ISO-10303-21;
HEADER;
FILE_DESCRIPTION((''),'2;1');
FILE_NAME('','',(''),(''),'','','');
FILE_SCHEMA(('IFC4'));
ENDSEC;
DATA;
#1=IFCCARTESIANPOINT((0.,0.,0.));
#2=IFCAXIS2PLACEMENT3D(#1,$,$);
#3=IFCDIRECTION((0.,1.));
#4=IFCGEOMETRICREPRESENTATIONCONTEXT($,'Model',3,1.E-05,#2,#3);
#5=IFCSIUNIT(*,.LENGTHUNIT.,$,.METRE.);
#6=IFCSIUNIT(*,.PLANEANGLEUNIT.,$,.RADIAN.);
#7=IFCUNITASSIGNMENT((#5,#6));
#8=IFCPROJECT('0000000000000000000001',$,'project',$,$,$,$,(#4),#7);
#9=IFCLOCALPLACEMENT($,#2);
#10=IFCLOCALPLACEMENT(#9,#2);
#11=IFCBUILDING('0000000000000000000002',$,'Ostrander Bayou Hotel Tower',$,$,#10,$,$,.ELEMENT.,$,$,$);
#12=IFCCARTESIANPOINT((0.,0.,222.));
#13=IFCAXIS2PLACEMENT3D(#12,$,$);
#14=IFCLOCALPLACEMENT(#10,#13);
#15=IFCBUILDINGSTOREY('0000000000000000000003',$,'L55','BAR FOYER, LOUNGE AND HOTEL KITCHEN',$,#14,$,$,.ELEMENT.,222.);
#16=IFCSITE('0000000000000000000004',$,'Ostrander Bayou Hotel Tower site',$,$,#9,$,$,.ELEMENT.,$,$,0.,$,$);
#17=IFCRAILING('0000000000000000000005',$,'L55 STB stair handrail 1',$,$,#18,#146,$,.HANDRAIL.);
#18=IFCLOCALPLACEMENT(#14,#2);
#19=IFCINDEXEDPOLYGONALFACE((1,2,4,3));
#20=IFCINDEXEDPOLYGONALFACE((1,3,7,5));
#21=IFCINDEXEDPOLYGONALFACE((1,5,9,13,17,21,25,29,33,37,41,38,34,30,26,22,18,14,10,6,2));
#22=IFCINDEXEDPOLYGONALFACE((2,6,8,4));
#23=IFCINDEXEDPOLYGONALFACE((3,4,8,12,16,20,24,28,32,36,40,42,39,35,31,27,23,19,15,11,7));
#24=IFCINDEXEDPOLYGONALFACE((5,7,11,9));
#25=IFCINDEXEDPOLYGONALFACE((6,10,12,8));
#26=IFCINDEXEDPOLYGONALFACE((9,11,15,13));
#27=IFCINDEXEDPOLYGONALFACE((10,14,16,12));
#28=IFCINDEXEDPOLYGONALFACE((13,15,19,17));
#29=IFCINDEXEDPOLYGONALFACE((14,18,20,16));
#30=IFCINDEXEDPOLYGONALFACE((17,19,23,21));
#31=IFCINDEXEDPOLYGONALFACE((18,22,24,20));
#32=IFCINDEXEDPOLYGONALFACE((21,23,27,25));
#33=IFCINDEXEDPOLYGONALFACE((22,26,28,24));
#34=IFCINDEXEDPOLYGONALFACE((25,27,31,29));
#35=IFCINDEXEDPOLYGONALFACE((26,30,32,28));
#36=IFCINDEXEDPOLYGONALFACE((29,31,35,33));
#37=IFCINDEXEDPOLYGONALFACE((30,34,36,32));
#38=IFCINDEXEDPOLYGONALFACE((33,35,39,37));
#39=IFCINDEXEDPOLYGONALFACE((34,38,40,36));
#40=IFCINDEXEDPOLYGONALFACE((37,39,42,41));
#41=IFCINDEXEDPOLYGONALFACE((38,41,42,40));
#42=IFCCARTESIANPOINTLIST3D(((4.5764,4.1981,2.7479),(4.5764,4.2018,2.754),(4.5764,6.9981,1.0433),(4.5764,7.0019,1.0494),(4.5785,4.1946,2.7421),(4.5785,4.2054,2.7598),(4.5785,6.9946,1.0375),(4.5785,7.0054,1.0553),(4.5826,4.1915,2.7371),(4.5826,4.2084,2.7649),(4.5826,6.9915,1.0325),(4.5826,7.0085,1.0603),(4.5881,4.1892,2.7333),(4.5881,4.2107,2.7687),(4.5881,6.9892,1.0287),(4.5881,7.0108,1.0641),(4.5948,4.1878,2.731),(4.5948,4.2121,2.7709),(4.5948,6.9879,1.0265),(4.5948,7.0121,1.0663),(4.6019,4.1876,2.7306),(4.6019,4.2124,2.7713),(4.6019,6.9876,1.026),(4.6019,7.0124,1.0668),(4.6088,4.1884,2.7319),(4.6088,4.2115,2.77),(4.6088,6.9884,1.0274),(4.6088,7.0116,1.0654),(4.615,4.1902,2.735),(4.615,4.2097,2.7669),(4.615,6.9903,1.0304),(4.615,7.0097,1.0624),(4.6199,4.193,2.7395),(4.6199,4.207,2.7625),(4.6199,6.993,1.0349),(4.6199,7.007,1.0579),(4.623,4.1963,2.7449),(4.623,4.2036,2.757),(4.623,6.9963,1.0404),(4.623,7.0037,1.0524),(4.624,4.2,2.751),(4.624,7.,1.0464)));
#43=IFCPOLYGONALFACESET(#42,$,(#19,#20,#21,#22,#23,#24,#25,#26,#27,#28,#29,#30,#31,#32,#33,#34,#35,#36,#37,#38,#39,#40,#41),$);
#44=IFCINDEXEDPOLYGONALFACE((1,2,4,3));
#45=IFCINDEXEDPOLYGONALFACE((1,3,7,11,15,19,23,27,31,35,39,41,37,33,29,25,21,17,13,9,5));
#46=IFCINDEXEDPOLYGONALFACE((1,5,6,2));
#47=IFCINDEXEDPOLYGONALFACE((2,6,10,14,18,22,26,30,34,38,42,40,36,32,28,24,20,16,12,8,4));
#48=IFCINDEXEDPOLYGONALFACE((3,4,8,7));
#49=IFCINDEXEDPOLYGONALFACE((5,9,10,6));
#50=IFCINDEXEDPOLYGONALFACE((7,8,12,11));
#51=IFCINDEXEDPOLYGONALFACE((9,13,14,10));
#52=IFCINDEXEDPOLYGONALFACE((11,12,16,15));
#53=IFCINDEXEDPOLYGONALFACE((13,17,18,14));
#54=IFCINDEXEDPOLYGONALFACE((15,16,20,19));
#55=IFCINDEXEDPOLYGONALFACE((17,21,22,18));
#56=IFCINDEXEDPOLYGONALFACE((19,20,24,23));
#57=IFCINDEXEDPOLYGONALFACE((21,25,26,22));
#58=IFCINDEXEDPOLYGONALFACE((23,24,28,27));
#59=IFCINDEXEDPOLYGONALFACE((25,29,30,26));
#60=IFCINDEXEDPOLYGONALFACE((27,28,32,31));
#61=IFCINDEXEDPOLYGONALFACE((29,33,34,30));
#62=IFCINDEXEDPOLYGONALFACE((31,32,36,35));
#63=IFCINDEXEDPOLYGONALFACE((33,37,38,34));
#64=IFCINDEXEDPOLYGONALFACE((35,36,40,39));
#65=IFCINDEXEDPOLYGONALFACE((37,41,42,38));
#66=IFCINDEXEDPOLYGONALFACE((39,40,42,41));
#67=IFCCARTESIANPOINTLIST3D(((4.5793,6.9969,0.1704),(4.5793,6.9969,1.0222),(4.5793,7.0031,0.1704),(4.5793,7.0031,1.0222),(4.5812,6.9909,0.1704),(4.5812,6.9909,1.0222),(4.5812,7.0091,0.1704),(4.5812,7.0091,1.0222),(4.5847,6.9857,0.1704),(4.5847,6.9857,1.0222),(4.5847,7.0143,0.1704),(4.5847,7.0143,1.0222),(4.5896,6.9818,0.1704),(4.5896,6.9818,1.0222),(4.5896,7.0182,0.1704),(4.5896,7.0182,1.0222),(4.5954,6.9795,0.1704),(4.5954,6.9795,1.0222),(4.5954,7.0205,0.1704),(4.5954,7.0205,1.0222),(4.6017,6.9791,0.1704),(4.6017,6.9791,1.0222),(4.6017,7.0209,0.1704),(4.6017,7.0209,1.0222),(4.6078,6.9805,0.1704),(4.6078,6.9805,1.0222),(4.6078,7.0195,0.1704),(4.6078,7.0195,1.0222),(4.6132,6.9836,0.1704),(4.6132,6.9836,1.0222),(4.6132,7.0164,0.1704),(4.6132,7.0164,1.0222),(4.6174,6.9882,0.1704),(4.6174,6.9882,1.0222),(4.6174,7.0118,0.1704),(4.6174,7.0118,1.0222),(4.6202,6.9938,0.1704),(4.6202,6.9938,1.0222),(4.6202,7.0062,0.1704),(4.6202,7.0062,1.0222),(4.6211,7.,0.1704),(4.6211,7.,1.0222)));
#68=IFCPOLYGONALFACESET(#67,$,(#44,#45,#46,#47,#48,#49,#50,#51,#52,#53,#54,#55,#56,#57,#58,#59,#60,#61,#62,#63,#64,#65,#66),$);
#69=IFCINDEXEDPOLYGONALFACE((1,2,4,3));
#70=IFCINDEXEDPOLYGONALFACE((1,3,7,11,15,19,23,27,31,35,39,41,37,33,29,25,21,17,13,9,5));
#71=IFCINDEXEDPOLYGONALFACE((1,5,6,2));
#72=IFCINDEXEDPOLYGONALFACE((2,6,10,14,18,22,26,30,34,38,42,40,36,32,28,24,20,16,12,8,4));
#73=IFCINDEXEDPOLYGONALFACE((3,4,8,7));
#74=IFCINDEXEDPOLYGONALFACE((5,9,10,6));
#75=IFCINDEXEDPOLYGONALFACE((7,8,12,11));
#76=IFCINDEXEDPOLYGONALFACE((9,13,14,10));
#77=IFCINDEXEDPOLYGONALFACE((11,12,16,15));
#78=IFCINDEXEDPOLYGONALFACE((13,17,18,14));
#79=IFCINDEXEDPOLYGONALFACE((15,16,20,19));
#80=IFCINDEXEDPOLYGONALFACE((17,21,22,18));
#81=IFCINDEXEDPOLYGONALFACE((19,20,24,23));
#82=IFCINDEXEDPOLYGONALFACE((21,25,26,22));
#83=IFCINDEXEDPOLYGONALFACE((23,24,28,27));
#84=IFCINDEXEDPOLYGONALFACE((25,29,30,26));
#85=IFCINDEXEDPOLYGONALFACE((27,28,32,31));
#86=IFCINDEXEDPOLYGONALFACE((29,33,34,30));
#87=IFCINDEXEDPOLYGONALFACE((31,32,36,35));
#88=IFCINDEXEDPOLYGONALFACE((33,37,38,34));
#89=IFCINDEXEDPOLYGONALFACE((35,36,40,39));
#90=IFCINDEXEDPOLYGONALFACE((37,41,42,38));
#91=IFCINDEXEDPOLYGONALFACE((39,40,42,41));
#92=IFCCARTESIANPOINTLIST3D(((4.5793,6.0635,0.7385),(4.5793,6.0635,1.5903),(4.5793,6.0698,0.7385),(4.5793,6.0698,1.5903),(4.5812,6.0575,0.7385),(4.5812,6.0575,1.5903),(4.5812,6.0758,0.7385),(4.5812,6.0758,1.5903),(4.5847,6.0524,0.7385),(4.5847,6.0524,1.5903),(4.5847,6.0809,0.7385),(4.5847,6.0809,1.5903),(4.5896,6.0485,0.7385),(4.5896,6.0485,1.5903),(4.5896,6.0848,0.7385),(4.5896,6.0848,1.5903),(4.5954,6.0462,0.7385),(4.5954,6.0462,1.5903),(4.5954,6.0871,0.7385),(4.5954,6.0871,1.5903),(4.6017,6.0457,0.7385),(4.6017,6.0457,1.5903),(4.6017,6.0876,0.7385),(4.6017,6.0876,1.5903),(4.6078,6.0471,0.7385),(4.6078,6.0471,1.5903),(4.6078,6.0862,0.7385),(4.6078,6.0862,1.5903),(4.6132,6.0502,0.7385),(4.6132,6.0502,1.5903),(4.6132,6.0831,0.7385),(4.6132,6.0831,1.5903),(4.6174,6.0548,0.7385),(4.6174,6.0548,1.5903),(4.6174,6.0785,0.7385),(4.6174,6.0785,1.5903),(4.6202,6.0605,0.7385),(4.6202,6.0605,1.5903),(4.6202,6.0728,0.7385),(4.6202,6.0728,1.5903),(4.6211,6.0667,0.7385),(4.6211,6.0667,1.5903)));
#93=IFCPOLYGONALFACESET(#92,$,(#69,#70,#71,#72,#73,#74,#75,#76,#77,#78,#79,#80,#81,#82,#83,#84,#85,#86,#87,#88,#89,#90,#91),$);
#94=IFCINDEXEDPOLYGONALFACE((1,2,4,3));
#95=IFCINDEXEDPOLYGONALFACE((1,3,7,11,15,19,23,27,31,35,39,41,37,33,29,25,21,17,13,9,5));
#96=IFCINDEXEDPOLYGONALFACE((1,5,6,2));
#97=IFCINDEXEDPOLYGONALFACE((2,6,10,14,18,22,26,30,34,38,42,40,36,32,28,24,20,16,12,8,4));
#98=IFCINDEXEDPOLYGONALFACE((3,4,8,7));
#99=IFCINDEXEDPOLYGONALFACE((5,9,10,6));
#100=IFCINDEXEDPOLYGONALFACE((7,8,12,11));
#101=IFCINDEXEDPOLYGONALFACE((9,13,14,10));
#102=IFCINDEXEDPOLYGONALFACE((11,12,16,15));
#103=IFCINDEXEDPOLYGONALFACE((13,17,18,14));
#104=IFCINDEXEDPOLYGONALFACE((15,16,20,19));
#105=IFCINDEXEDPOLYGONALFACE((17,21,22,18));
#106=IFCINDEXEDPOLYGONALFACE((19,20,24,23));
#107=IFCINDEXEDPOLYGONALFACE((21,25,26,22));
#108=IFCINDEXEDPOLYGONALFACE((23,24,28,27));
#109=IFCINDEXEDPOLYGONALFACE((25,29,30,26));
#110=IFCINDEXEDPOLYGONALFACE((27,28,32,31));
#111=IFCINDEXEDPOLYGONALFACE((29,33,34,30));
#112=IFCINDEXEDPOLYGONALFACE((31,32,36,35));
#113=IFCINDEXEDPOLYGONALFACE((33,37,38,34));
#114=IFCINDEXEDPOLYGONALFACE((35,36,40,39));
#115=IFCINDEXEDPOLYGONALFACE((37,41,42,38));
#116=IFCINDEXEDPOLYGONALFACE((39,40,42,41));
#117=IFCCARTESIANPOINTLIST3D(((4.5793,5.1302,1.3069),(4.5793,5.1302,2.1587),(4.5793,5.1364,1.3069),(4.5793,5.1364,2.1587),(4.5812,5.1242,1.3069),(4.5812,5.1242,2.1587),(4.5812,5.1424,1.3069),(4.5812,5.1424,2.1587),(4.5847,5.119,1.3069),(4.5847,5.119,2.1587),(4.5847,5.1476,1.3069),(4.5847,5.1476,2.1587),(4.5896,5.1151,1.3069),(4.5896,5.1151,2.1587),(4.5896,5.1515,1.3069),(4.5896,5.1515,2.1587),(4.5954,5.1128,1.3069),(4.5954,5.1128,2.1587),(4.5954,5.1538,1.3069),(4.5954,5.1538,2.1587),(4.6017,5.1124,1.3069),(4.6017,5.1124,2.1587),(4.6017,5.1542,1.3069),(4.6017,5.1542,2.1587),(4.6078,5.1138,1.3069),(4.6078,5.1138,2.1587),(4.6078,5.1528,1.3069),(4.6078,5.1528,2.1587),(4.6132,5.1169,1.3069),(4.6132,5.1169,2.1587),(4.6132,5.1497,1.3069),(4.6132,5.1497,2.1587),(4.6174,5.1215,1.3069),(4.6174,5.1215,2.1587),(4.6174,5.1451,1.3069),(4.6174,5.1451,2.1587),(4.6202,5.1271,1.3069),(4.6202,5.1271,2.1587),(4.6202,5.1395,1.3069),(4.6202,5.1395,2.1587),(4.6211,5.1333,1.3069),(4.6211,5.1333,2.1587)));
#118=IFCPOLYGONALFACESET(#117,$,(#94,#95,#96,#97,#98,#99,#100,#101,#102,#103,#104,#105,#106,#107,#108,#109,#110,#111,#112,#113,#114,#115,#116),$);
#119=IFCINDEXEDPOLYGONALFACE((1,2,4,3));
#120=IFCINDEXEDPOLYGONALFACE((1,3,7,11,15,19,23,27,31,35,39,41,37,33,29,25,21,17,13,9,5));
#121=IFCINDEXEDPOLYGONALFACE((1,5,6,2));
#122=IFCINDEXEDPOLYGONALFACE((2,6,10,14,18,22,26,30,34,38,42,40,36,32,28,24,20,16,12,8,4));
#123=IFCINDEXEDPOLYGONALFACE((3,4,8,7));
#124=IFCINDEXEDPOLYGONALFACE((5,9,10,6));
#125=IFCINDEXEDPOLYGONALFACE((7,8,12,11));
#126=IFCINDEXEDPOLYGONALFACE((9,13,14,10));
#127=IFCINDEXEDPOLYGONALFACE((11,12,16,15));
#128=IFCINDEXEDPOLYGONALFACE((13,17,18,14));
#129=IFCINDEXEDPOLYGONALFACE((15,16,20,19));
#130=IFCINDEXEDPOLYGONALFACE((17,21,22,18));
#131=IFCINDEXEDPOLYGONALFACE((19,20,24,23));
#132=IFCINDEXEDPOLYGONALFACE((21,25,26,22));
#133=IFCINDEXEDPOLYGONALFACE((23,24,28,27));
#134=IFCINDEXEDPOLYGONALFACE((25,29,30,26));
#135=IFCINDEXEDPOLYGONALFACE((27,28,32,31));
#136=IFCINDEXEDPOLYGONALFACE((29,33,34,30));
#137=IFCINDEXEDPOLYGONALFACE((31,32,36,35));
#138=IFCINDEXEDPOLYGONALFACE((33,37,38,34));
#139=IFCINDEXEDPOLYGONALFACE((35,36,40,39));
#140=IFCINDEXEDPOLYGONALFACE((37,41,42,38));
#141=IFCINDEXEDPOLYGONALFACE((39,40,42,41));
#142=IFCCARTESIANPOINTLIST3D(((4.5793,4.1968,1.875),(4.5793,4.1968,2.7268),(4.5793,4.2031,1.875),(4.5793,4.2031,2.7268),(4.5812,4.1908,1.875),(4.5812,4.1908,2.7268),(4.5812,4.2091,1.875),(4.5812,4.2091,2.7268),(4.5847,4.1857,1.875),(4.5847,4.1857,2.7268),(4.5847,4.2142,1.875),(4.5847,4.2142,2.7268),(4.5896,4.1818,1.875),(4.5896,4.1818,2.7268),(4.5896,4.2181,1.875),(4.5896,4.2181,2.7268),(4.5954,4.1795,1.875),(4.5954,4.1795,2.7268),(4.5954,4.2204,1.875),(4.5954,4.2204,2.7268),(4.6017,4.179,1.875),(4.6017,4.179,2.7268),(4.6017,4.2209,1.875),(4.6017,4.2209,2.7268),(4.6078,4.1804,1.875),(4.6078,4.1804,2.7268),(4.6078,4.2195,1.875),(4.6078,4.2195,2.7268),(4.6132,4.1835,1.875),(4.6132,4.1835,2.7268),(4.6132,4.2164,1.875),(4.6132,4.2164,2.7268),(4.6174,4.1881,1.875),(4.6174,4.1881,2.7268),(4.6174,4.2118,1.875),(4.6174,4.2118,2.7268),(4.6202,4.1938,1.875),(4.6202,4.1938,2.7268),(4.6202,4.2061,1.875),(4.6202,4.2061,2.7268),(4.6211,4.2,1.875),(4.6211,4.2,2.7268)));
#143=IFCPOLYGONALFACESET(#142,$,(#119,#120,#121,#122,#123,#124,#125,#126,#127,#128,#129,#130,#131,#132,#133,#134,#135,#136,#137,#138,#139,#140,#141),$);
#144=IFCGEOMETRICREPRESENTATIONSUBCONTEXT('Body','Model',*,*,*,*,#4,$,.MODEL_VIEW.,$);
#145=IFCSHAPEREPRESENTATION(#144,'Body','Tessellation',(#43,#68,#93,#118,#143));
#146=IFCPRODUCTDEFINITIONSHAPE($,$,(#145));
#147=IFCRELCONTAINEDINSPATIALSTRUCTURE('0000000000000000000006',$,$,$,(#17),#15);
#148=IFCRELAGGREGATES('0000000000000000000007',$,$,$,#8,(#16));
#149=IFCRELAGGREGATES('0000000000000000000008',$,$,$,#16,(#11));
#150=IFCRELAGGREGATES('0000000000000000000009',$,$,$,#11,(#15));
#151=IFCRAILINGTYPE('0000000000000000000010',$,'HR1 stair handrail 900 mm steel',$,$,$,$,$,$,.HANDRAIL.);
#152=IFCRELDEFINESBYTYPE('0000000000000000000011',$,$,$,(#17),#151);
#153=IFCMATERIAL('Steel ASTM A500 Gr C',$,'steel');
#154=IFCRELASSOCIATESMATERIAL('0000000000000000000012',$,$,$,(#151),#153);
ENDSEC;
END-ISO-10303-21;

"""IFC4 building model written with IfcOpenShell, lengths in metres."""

from ifc_helpers import new_model, si_unit, direction, frame, origin, origin_2d, place, context, subcontext, project, spatial, circle, extrude, material, type_object, element, save


model = new_model("IFC4")

# Units and contexts
model_context = context("Model", 3, precision=1e-05, world=origin(), true_north=direction((0.0, 1.0)))
body_context = subcontext(model_context, "Body", "Model", "MODEL_VIEW")
ifc_project = project(units=[si_unit("LENGTHUNIT", "METRE"), si_unit("PLANEANGLEUNIT", "RADIAN")], contexts=[model_context])

# Site, building, storey
site_placement = place(None, origin())
site = spatial("IfcSite", under=ifc_project, at=site_placement, Name="Ostrander Bayou Hotel Tower site", CompositionType="ELEMENT", RefElevation=0.0)
building_placement = place(site_placement, origin())
building = spatial("IfcBuilding", under=site, at=building_placement, Name="Ostrander Bayou Hotel Tower", CompositionType="ELEMENT")
storey_placement = place(building_placement, frame((0.0, 0.0, 222.0)))
storey = spatial("IfcBuildingStorey", under=building, at=storey_placement, Name="L55", Description="BAR FOYER, LOUNGE AND HOTEL KITCHEN", CompositionType="ELEMENT", Elevation=222.0)

# Railing
ifc_material_1 = material(Name="Steel ASTM A500 Gr C", Category="steel")
railing_type_1 = type_object("IfcRailingType", Name="HR1 stair handrail 900 mm steel", PredefinedType="HANDRAIL", material=ifc_material_1)
railing_1_placement = place(storey_placement, frame((4.6001, 7.0, 0.1704)))
element("IfcRailing", 1, at=railing_1_placement, inside=storey, type_object=railing_type_1, Name="L55 STB stair handrail 1", PredefinedType="HANDRAIL", context=body_context, shape_type="SweptSolid", body=[
    extrude(circle(Radius=0.0239, at=origin_2d()), frame((0.0, 0.0, 0.876), z_axis=(0.0, -0.85417, 0.519994), x_axis=(1.0, 0.0, 0.0)), (0.0, 0.0, 1.0), 3.2781),
    extrude(circle(Radius=0.021, at=origin_2d()), origin(), (0.0, 0.0, 1.0), 0.8518),
    extrude(circle(Radius=0.021, at=origin_2d()), frame((0.0, -0.9333, 0.5681)), (0.0, 0.0, 1.0), 0.8518),
    extrude(circle(Radius=0.021, at=origin_2d()), frame((0.0, -1.8667, 1.1365)), (0.0, 0.0, 1.0), 0.8518),
    extrude(circle(Radius=0.021, at=origin_2d()), frame((0.0, -2.8, 1.7046)), (0.0, 0.0, 1.0), 0.8518),
])

save(model, "model.ifc")
